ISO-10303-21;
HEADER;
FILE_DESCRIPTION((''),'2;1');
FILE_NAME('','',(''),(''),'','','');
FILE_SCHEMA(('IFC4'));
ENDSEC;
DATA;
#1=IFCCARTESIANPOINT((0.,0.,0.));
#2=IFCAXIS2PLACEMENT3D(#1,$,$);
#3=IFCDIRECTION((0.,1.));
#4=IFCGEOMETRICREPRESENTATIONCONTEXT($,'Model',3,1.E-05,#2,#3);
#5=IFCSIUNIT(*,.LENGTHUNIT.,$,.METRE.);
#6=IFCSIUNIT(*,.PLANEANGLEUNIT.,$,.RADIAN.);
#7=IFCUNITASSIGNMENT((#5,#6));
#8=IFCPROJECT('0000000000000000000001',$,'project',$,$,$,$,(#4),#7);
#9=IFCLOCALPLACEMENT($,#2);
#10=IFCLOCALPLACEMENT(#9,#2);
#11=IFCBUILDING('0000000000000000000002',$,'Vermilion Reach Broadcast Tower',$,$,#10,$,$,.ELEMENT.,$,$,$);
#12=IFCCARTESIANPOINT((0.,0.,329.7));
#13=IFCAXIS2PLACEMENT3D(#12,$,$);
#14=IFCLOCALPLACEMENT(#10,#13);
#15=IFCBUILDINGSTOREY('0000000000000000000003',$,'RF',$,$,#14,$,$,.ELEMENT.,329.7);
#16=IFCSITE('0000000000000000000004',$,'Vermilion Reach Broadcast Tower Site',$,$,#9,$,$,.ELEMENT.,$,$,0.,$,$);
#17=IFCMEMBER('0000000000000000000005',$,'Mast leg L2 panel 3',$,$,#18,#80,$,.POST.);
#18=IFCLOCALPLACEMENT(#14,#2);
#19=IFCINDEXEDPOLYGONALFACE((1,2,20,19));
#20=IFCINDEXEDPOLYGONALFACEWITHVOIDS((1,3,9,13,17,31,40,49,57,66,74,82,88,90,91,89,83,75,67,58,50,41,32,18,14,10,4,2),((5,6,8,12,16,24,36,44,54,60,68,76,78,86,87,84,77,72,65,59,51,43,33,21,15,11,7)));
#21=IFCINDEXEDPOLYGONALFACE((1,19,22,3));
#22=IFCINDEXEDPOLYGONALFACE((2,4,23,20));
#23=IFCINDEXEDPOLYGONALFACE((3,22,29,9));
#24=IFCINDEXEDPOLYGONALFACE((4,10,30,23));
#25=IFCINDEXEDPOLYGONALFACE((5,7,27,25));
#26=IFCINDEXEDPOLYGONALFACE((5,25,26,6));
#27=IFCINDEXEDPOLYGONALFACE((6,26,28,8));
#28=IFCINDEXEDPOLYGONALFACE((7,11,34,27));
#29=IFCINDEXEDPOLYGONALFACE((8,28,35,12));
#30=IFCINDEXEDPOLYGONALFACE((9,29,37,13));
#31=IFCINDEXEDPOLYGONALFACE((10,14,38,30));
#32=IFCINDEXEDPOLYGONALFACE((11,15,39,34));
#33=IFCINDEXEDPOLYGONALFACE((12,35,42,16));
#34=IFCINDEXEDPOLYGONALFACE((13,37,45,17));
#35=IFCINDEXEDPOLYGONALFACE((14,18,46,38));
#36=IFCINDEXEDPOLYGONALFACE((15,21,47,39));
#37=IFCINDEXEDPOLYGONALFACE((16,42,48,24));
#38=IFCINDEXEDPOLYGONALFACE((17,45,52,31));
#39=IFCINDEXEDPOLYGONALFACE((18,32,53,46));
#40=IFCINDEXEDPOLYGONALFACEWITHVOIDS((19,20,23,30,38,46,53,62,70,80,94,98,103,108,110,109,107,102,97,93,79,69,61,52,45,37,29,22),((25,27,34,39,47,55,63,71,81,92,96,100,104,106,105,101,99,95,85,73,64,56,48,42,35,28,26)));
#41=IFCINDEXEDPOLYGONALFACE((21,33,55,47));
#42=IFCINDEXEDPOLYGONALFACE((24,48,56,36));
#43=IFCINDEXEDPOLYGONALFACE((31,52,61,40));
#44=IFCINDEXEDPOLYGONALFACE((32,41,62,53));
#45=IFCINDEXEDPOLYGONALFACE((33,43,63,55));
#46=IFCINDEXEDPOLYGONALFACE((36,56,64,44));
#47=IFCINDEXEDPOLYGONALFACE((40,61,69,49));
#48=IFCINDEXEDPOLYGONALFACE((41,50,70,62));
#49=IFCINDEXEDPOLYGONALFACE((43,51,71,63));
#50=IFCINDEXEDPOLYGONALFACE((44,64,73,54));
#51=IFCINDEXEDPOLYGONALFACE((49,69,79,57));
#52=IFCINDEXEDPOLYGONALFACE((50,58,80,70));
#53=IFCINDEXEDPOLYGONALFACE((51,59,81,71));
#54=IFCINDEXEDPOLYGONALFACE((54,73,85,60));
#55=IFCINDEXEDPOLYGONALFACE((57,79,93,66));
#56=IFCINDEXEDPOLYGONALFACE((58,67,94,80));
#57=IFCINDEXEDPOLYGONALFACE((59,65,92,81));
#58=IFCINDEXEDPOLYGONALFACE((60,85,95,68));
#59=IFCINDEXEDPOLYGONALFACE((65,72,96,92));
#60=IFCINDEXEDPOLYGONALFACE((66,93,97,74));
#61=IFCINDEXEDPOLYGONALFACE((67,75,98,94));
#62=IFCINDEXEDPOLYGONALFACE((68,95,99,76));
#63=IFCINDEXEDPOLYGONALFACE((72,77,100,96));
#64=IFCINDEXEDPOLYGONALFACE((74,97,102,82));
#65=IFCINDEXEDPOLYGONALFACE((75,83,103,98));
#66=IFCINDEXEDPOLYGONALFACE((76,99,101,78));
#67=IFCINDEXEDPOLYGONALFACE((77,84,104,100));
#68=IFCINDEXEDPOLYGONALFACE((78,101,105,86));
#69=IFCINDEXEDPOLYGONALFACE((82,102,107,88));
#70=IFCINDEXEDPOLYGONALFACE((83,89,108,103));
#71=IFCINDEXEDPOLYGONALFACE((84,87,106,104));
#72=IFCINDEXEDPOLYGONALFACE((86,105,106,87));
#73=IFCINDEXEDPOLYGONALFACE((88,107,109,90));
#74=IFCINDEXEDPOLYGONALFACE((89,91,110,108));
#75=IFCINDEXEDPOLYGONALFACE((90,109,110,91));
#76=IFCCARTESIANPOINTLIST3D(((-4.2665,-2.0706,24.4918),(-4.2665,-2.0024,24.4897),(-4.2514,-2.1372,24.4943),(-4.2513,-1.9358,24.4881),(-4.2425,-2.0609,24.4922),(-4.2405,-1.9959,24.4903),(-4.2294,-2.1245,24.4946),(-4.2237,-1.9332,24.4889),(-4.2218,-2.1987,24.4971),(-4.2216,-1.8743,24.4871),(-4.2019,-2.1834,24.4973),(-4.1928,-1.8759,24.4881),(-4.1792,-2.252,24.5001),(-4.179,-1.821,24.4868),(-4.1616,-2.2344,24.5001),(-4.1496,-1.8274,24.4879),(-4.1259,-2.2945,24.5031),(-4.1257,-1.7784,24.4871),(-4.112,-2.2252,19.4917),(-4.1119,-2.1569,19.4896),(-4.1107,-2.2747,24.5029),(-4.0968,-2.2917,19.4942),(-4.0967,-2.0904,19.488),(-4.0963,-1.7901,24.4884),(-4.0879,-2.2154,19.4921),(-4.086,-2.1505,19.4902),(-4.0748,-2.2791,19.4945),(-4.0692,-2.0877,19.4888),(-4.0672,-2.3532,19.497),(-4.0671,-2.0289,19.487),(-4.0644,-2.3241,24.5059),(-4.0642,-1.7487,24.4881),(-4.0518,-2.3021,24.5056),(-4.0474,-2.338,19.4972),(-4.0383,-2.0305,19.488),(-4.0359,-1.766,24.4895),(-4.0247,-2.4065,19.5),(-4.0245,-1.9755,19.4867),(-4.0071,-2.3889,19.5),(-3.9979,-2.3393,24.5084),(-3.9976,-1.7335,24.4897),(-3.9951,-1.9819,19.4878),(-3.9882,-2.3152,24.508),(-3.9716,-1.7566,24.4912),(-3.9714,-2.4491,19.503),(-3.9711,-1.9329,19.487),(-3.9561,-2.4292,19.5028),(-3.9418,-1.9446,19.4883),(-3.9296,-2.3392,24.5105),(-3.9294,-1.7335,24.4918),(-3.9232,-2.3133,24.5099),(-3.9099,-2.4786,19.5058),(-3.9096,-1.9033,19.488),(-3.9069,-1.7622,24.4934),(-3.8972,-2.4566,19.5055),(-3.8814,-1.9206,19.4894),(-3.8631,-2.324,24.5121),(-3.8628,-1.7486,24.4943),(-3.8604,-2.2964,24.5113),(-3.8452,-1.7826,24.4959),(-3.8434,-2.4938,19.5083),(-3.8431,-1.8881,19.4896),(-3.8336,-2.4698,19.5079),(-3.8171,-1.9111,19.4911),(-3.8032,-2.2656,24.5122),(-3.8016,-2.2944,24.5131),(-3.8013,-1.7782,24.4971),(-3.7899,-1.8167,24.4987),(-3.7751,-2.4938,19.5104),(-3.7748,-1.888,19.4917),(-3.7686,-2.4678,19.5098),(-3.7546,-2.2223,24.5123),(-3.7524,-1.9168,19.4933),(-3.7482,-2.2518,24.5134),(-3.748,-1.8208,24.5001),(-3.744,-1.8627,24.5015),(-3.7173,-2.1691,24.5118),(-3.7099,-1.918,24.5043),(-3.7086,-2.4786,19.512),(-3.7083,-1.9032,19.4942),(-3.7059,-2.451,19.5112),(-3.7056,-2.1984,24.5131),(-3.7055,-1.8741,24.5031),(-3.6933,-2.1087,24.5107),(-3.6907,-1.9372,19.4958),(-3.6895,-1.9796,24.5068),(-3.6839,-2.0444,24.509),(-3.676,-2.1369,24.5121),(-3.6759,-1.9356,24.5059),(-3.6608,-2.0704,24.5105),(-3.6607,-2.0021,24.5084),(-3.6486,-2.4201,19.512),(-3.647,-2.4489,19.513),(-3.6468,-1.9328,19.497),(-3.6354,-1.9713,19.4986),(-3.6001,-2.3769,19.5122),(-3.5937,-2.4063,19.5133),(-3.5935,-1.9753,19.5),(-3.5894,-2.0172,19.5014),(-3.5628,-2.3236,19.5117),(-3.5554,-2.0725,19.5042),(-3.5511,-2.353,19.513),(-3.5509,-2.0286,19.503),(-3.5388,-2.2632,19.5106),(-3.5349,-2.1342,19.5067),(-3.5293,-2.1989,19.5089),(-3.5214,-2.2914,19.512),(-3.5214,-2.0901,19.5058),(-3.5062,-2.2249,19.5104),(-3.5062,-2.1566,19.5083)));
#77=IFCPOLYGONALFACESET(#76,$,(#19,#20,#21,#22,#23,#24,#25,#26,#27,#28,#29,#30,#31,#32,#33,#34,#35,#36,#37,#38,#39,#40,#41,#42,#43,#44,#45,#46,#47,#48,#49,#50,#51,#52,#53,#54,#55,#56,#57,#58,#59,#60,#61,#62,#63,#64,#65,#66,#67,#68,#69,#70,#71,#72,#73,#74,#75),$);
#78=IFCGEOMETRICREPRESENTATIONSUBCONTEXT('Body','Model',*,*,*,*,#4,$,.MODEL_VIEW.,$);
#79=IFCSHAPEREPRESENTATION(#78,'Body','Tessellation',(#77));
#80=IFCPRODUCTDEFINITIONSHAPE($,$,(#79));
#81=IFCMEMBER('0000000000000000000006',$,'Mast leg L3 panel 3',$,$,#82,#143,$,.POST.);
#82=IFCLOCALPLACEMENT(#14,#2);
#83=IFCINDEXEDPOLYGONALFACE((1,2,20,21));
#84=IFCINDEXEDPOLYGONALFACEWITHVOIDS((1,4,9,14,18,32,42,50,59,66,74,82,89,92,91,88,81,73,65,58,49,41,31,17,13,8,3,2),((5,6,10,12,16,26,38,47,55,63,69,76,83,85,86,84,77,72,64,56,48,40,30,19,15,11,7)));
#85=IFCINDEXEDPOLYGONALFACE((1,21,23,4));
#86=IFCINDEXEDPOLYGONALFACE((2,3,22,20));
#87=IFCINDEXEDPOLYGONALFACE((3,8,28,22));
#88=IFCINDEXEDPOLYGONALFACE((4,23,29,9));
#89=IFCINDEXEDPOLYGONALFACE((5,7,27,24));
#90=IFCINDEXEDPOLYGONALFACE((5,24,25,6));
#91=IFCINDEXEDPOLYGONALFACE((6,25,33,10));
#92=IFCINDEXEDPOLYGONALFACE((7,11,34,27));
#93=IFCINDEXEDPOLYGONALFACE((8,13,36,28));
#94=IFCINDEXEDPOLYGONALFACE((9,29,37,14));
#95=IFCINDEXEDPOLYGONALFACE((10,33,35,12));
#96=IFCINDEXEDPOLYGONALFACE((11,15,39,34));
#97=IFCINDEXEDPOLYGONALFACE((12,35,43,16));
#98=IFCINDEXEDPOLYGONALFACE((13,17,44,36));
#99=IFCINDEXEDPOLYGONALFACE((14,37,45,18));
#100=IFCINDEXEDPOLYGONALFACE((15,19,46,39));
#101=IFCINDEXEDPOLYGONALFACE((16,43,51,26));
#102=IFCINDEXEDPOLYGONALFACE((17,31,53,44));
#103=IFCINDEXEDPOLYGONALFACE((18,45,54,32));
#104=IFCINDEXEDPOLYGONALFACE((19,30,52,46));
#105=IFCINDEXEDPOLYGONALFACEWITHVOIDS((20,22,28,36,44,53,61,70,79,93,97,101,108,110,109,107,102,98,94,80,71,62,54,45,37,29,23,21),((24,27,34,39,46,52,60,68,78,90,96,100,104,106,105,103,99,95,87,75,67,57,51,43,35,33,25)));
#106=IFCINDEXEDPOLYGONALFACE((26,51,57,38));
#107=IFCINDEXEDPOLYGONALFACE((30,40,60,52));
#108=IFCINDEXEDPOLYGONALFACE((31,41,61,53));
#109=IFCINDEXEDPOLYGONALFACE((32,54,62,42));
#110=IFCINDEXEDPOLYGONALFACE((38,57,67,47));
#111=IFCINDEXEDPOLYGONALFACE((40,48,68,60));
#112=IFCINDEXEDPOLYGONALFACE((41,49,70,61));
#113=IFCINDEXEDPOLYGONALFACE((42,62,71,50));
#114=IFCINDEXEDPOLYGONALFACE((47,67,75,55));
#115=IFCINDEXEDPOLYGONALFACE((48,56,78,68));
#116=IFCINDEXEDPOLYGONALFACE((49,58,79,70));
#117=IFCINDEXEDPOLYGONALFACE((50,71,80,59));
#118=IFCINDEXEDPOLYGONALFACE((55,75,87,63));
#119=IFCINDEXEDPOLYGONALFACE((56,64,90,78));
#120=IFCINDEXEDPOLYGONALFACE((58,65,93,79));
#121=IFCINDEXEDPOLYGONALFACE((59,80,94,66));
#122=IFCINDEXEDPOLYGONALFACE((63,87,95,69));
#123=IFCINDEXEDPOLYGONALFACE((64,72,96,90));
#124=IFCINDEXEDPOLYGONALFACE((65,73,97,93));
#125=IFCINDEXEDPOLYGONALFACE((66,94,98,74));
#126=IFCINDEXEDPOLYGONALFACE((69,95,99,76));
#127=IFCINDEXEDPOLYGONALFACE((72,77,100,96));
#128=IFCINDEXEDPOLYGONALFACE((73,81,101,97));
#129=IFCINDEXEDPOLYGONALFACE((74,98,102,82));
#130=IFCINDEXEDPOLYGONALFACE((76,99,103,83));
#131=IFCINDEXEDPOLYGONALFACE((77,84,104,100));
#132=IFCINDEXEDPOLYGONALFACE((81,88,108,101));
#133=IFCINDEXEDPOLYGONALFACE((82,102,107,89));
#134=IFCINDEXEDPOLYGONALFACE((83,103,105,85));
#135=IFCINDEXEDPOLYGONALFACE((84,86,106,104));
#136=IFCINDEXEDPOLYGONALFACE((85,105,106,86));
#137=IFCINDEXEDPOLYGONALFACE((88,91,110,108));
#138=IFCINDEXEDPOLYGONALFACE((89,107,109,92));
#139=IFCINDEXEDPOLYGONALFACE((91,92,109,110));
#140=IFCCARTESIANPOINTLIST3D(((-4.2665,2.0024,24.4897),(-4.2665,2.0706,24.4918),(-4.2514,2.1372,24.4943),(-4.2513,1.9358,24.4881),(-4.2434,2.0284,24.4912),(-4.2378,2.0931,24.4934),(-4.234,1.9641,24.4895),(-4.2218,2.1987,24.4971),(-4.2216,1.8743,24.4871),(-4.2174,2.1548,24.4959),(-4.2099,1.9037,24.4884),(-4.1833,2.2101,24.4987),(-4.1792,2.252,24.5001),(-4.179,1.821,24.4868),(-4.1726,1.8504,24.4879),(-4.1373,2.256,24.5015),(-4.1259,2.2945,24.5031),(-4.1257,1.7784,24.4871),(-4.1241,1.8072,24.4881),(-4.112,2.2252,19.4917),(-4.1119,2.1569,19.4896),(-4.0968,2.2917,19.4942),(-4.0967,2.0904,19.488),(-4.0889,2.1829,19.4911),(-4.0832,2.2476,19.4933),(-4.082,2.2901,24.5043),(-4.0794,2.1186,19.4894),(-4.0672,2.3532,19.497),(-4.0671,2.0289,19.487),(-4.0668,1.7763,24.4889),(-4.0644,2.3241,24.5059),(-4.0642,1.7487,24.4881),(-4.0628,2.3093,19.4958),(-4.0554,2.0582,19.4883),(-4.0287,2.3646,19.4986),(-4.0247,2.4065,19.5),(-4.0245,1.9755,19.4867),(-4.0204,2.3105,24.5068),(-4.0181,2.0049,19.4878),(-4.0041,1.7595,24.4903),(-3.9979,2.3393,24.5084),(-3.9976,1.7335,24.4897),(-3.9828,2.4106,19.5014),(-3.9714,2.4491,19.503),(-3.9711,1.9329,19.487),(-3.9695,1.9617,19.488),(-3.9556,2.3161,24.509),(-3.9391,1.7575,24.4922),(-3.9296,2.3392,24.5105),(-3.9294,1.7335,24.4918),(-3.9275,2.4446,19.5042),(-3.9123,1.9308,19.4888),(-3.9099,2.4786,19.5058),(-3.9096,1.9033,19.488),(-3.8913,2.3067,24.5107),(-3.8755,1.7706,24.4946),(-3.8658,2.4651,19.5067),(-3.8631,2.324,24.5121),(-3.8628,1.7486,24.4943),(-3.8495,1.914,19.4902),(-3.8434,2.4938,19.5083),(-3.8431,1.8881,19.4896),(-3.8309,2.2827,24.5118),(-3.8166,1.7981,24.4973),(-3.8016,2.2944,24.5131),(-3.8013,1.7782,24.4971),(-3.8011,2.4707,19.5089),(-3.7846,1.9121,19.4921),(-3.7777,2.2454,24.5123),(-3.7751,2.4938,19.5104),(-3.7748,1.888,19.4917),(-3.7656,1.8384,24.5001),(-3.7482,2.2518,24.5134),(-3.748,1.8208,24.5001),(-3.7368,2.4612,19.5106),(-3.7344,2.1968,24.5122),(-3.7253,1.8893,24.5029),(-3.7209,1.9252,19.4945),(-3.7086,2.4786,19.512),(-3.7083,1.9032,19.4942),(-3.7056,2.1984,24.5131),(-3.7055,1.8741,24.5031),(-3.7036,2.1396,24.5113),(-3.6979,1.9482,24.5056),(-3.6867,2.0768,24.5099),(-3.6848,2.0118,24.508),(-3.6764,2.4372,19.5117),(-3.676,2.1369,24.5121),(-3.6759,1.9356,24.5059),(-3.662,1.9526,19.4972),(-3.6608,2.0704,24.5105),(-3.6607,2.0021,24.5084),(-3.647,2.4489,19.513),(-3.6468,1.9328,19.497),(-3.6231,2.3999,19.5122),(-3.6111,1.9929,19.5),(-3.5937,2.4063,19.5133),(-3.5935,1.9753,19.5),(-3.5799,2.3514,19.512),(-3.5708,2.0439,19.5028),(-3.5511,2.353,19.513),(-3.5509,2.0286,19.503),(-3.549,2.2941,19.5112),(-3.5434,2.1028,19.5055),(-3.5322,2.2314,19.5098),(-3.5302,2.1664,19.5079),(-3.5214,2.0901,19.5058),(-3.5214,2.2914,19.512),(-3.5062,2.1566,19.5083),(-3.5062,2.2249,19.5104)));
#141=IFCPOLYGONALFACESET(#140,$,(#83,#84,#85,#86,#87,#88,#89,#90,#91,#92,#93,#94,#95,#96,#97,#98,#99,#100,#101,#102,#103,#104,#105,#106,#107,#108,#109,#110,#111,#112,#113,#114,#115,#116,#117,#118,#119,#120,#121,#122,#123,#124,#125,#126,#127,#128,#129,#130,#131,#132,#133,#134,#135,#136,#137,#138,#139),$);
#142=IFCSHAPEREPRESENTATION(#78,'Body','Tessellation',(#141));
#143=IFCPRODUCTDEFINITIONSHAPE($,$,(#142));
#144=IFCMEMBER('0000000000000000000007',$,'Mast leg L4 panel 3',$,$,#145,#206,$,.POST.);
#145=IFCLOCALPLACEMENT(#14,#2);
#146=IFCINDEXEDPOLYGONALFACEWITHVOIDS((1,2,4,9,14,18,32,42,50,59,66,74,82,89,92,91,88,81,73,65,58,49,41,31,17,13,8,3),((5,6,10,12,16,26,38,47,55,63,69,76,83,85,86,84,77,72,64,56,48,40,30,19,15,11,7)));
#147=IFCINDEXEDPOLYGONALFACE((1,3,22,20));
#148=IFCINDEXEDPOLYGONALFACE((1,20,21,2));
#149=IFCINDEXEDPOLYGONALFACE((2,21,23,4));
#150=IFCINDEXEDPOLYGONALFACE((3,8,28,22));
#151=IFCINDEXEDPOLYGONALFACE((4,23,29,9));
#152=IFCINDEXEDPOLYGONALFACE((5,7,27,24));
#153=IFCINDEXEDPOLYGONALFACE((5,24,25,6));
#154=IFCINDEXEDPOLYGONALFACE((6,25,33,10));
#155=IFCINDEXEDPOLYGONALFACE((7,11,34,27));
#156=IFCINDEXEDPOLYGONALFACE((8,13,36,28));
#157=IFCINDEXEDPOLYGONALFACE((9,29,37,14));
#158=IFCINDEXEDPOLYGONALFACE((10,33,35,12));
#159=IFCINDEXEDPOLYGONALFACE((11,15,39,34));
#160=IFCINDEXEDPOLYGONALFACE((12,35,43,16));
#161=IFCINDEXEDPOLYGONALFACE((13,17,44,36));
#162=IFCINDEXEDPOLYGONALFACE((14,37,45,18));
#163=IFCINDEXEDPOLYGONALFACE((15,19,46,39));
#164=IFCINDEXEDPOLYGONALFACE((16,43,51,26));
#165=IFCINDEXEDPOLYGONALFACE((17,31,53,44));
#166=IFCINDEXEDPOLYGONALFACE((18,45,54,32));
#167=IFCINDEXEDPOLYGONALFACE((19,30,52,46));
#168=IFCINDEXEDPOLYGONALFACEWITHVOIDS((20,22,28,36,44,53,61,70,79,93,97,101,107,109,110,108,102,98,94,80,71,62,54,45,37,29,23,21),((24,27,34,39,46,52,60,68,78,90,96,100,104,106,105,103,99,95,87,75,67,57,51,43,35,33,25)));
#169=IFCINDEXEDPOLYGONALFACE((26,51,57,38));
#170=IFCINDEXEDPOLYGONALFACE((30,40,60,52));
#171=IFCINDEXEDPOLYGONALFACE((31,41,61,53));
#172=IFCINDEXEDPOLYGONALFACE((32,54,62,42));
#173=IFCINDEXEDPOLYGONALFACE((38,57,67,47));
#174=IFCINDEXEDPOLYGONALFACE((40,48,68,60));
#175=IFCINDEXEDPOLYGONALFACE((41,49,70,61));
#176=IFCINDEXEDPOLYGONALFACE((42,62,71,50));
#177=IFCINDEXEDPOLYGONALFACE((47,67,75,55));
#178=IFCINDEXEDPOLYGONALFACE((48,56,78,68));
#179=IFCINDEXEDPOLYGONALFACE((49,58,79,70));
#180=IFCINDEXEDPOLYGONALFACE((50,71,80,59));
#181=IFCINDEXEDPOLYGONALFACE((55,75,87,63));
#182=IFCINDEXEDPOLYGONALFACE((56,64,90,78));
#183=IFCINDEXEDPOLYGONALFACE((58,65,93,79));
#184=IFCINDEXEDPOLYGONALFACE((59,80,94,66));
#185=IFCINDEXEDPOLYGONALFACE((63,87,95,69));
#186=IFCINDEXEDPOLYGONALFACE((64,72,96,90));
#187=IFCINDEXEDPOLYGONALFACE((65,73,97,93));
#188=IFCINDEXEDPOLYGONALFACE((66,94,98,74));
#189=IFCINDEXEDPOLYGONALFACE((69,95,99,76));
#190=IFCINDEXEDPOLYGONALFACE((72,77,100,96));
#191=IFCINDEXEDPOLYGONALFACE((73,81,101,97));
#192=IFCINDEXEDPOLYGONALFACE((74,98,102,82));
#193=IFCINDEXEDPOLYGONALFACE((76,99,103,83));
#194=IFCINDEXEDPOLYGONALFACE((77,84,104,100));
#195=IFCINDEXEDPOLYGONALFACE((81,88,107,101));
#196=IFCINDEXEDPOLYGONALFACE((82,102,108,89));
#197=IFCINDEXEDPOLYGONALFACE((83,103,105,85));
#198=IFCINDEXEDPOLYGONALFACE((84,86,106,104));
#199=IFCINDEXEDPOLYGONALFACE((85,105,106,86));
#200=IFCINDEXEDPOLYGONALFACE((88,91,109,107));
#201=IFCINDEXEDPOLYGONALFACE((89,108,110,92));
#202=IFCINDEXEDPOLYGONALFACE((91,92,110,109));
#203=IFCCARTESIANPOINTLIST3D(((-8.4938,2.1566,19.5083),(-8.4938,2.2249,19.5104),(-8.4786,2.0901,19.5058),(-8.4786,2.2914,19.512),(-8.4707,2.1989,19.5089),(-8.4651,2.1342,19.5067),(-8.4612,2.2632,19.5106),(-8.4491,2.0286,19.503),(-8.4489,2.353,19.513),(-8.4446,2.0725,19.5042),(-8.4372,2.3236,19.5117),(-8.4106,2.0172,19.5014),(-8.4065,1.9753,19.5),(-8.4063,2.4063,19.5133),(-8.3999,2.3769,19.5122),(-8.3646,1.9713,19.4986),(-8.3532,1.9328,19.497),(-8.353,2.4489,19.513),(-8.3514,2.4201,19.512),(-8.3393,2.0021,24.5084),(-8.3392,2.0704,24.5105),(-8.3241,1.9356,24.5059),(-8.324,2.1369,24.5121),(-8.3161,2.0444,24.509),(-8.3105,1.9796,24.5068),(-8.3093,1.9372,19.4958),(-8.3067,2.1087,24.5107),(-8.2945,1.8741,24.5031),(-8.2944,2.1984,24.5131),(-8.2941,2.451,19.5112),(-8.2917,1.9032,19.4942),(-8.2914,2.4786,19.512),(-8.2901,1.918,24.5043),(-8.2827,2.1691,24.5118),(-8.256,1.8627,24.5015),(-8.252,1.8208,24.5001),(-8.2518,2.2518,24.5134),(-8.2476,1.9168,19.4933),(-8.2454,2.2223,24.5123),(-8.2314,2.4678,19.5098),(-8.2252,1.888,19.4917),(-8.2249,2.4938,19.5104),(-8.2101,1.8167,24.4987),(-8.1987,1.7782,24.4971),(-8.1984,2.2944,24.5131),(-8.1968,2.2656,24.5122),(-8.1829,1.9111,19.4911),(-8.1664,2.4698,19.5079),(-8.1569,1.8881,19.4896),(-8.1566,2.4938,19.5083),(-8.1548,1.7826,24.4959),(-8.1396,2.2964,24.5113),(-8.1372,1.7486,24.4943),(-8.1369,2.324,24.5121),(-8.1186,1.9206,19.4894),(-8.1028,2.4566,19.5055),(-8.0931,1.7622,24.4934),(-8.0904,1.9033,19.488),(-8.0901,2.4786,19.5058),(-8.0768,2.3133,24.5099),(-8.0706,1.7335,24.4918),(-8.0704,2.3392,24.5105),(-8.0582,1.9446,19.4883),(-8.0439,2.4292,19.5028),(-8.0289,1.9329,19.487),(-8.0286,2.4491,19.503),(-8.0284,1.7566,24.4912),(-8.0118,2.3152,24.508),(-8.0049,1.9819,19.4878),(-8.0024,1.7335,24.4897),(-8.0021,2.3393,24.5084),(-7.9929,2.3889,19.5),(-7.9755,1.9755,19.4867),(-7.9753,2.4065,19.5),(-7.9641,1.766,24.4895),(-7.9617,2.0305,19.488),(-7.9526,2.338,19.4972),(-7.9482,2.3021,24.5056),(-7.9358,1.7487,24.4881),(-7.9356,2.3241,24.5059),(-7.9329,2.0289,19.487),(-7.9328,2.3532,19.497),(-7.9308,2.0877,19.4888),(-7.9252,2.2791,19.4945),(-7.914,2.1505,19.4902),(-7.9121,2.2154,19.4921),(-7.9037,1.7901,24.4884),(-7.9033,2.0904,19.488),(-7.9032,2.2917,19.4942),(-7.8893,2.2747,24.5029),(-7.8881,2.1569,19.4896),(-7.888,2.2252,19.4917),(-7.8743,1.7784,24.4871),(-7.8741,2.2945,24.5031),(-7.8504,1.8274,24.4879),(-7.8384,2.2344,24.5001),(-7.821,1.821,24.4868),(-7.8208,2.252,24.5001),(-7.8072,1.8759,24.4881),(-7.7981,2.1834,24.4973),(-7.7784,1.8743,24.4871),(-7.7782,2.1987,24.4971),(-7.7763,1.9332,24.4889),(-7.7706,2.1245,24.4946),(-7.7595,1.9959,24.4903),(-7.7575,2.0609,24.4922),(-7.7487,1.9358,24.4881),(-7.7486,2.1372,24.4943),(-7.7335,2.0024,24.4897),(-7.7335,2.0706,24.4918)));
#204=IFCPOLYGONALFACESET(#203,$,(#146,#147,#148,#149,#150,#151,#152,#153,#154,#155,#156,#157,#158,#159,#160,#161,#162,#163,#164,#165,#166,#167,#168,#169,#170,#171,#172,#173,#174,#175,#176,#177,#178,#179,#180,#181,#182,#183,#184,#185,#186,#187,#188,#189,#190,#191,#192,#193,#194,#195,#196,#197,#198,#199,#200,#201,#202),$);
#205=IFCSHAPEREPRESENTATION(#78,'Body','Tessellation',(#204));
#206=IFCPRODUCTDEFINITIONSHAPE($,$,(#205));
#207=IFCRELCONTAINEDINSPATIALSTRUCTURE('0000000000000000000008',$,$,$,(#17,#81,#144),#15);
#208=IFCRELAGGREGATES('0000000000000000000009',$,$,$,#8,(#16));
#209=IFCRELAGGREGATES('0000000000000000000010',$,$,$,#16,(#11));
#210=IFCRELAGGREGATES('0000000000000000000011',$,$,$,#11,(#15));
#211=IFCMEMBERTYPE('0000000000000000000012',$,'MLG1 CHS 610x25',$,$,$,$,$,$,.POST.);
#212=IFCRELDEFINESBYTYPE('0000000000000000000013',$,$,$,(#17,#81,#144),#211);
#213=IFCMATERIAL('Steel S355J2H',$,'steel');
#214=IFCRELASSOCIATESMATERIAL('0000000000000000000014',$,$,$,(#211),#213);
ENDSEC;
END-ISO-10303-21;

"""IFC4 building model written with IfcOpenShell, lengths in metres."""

from ifc_helpers import new_model, si_unit, direction, frame, origin, origin_2d, place, context, subcontext, project, spatial, hollow_circle, extrude, material, material_profile, profile_set, type_object, element, save


model = new_model("IFC4")

# Units and contexts
model_context = context("Model", 3, precision=1e-05, world=origin(), true_north=direction((0.0, 1.0)))
body_context = subcontext(model_context, "Body", "Model", "MODEL_VIEW")
ifc_project = project(units=[si_unit("LENGTHUNIT", "METRE"), si_unit("PLANEANGLEUNIT", "RADIAN")], contexts=[model_context])

# Site, building, storey
site_placement = place(None, origin())
site = spatial("IfcSite", under=ifc_project, at=site_placement, Name="Vermilion Reach Broadcast Tower Site", CompositionType="ELEMENT", RefElevation=0.0)
building_placement = place(site_placement, origin())
building = spatial("IfcBuilding", under=site, at=building_placement, Name="Vermilion Reach Broadcast Tower", CompositionType="ELEMENT")
storey_placement = place(building_placement, frame((0.0, 0.0, 329.7)))
storey = spatial("IfcBuildingStorey", under=building, at=storey_placement, Name="RF", CompositionType="ELEMENT", Elevation=329.7)

# Members
ifc_material_1 = material(Name="Steel S355J2H", Category="steel")
ifc_material_profile_1 = material_profile(ifc_material_1, hollow_circle(Radius=0.3049, WallThickness=0.0249, at=origin_2d()), Name="S355J2H CHS 610x25")
ifc_profile_set_1 = profile_set([ifc_material_profile_1], Name="Steel S355J2H")
member_type_1 = type_object("IfcMemberType", Name="MLG1 CHS 610x25", PredefinedType="POST", material=ifc_profile_set_1)
for number, where, z_axis, x_axis, name in (
    (1, (-3.8091, -2.1909, 19.5), (-0.030879, 0.030879, 0.999046), (-0.707107, -0.707107, 0.0), "Mast leg L2 panel 3"),
    (2, (-3.8091, 2.1909, 19.5), (-0.030879, -0.030879, 0.999046), (0.707107, -0.707107, 0.0), "Mast leg L3 panel 3"),
    (3, (-8.1909, 2.1909, 19.5), (0.030879, -0.030879, 0.999046), (0.707107, 0.707107, 0.0), "Mast leg L4 panel 3"),
):
    element("IfcMember", number, at=place(storey_placement, frame(where, z_axis=z_axis, x_axis=x_axis)), inside=storey, type_object=member_type_1, Name=name, PredefinedType="POST", context=body_context, shape_type="SweptSolid", body=[
        extrude(hollow_circle(Radius=0.3049, WallThickness=0.0249, at=origin_2d()), origin(), (0.0, 0.0, 1.0), 5.0049),
    ])

save(model, "model.ifc")
